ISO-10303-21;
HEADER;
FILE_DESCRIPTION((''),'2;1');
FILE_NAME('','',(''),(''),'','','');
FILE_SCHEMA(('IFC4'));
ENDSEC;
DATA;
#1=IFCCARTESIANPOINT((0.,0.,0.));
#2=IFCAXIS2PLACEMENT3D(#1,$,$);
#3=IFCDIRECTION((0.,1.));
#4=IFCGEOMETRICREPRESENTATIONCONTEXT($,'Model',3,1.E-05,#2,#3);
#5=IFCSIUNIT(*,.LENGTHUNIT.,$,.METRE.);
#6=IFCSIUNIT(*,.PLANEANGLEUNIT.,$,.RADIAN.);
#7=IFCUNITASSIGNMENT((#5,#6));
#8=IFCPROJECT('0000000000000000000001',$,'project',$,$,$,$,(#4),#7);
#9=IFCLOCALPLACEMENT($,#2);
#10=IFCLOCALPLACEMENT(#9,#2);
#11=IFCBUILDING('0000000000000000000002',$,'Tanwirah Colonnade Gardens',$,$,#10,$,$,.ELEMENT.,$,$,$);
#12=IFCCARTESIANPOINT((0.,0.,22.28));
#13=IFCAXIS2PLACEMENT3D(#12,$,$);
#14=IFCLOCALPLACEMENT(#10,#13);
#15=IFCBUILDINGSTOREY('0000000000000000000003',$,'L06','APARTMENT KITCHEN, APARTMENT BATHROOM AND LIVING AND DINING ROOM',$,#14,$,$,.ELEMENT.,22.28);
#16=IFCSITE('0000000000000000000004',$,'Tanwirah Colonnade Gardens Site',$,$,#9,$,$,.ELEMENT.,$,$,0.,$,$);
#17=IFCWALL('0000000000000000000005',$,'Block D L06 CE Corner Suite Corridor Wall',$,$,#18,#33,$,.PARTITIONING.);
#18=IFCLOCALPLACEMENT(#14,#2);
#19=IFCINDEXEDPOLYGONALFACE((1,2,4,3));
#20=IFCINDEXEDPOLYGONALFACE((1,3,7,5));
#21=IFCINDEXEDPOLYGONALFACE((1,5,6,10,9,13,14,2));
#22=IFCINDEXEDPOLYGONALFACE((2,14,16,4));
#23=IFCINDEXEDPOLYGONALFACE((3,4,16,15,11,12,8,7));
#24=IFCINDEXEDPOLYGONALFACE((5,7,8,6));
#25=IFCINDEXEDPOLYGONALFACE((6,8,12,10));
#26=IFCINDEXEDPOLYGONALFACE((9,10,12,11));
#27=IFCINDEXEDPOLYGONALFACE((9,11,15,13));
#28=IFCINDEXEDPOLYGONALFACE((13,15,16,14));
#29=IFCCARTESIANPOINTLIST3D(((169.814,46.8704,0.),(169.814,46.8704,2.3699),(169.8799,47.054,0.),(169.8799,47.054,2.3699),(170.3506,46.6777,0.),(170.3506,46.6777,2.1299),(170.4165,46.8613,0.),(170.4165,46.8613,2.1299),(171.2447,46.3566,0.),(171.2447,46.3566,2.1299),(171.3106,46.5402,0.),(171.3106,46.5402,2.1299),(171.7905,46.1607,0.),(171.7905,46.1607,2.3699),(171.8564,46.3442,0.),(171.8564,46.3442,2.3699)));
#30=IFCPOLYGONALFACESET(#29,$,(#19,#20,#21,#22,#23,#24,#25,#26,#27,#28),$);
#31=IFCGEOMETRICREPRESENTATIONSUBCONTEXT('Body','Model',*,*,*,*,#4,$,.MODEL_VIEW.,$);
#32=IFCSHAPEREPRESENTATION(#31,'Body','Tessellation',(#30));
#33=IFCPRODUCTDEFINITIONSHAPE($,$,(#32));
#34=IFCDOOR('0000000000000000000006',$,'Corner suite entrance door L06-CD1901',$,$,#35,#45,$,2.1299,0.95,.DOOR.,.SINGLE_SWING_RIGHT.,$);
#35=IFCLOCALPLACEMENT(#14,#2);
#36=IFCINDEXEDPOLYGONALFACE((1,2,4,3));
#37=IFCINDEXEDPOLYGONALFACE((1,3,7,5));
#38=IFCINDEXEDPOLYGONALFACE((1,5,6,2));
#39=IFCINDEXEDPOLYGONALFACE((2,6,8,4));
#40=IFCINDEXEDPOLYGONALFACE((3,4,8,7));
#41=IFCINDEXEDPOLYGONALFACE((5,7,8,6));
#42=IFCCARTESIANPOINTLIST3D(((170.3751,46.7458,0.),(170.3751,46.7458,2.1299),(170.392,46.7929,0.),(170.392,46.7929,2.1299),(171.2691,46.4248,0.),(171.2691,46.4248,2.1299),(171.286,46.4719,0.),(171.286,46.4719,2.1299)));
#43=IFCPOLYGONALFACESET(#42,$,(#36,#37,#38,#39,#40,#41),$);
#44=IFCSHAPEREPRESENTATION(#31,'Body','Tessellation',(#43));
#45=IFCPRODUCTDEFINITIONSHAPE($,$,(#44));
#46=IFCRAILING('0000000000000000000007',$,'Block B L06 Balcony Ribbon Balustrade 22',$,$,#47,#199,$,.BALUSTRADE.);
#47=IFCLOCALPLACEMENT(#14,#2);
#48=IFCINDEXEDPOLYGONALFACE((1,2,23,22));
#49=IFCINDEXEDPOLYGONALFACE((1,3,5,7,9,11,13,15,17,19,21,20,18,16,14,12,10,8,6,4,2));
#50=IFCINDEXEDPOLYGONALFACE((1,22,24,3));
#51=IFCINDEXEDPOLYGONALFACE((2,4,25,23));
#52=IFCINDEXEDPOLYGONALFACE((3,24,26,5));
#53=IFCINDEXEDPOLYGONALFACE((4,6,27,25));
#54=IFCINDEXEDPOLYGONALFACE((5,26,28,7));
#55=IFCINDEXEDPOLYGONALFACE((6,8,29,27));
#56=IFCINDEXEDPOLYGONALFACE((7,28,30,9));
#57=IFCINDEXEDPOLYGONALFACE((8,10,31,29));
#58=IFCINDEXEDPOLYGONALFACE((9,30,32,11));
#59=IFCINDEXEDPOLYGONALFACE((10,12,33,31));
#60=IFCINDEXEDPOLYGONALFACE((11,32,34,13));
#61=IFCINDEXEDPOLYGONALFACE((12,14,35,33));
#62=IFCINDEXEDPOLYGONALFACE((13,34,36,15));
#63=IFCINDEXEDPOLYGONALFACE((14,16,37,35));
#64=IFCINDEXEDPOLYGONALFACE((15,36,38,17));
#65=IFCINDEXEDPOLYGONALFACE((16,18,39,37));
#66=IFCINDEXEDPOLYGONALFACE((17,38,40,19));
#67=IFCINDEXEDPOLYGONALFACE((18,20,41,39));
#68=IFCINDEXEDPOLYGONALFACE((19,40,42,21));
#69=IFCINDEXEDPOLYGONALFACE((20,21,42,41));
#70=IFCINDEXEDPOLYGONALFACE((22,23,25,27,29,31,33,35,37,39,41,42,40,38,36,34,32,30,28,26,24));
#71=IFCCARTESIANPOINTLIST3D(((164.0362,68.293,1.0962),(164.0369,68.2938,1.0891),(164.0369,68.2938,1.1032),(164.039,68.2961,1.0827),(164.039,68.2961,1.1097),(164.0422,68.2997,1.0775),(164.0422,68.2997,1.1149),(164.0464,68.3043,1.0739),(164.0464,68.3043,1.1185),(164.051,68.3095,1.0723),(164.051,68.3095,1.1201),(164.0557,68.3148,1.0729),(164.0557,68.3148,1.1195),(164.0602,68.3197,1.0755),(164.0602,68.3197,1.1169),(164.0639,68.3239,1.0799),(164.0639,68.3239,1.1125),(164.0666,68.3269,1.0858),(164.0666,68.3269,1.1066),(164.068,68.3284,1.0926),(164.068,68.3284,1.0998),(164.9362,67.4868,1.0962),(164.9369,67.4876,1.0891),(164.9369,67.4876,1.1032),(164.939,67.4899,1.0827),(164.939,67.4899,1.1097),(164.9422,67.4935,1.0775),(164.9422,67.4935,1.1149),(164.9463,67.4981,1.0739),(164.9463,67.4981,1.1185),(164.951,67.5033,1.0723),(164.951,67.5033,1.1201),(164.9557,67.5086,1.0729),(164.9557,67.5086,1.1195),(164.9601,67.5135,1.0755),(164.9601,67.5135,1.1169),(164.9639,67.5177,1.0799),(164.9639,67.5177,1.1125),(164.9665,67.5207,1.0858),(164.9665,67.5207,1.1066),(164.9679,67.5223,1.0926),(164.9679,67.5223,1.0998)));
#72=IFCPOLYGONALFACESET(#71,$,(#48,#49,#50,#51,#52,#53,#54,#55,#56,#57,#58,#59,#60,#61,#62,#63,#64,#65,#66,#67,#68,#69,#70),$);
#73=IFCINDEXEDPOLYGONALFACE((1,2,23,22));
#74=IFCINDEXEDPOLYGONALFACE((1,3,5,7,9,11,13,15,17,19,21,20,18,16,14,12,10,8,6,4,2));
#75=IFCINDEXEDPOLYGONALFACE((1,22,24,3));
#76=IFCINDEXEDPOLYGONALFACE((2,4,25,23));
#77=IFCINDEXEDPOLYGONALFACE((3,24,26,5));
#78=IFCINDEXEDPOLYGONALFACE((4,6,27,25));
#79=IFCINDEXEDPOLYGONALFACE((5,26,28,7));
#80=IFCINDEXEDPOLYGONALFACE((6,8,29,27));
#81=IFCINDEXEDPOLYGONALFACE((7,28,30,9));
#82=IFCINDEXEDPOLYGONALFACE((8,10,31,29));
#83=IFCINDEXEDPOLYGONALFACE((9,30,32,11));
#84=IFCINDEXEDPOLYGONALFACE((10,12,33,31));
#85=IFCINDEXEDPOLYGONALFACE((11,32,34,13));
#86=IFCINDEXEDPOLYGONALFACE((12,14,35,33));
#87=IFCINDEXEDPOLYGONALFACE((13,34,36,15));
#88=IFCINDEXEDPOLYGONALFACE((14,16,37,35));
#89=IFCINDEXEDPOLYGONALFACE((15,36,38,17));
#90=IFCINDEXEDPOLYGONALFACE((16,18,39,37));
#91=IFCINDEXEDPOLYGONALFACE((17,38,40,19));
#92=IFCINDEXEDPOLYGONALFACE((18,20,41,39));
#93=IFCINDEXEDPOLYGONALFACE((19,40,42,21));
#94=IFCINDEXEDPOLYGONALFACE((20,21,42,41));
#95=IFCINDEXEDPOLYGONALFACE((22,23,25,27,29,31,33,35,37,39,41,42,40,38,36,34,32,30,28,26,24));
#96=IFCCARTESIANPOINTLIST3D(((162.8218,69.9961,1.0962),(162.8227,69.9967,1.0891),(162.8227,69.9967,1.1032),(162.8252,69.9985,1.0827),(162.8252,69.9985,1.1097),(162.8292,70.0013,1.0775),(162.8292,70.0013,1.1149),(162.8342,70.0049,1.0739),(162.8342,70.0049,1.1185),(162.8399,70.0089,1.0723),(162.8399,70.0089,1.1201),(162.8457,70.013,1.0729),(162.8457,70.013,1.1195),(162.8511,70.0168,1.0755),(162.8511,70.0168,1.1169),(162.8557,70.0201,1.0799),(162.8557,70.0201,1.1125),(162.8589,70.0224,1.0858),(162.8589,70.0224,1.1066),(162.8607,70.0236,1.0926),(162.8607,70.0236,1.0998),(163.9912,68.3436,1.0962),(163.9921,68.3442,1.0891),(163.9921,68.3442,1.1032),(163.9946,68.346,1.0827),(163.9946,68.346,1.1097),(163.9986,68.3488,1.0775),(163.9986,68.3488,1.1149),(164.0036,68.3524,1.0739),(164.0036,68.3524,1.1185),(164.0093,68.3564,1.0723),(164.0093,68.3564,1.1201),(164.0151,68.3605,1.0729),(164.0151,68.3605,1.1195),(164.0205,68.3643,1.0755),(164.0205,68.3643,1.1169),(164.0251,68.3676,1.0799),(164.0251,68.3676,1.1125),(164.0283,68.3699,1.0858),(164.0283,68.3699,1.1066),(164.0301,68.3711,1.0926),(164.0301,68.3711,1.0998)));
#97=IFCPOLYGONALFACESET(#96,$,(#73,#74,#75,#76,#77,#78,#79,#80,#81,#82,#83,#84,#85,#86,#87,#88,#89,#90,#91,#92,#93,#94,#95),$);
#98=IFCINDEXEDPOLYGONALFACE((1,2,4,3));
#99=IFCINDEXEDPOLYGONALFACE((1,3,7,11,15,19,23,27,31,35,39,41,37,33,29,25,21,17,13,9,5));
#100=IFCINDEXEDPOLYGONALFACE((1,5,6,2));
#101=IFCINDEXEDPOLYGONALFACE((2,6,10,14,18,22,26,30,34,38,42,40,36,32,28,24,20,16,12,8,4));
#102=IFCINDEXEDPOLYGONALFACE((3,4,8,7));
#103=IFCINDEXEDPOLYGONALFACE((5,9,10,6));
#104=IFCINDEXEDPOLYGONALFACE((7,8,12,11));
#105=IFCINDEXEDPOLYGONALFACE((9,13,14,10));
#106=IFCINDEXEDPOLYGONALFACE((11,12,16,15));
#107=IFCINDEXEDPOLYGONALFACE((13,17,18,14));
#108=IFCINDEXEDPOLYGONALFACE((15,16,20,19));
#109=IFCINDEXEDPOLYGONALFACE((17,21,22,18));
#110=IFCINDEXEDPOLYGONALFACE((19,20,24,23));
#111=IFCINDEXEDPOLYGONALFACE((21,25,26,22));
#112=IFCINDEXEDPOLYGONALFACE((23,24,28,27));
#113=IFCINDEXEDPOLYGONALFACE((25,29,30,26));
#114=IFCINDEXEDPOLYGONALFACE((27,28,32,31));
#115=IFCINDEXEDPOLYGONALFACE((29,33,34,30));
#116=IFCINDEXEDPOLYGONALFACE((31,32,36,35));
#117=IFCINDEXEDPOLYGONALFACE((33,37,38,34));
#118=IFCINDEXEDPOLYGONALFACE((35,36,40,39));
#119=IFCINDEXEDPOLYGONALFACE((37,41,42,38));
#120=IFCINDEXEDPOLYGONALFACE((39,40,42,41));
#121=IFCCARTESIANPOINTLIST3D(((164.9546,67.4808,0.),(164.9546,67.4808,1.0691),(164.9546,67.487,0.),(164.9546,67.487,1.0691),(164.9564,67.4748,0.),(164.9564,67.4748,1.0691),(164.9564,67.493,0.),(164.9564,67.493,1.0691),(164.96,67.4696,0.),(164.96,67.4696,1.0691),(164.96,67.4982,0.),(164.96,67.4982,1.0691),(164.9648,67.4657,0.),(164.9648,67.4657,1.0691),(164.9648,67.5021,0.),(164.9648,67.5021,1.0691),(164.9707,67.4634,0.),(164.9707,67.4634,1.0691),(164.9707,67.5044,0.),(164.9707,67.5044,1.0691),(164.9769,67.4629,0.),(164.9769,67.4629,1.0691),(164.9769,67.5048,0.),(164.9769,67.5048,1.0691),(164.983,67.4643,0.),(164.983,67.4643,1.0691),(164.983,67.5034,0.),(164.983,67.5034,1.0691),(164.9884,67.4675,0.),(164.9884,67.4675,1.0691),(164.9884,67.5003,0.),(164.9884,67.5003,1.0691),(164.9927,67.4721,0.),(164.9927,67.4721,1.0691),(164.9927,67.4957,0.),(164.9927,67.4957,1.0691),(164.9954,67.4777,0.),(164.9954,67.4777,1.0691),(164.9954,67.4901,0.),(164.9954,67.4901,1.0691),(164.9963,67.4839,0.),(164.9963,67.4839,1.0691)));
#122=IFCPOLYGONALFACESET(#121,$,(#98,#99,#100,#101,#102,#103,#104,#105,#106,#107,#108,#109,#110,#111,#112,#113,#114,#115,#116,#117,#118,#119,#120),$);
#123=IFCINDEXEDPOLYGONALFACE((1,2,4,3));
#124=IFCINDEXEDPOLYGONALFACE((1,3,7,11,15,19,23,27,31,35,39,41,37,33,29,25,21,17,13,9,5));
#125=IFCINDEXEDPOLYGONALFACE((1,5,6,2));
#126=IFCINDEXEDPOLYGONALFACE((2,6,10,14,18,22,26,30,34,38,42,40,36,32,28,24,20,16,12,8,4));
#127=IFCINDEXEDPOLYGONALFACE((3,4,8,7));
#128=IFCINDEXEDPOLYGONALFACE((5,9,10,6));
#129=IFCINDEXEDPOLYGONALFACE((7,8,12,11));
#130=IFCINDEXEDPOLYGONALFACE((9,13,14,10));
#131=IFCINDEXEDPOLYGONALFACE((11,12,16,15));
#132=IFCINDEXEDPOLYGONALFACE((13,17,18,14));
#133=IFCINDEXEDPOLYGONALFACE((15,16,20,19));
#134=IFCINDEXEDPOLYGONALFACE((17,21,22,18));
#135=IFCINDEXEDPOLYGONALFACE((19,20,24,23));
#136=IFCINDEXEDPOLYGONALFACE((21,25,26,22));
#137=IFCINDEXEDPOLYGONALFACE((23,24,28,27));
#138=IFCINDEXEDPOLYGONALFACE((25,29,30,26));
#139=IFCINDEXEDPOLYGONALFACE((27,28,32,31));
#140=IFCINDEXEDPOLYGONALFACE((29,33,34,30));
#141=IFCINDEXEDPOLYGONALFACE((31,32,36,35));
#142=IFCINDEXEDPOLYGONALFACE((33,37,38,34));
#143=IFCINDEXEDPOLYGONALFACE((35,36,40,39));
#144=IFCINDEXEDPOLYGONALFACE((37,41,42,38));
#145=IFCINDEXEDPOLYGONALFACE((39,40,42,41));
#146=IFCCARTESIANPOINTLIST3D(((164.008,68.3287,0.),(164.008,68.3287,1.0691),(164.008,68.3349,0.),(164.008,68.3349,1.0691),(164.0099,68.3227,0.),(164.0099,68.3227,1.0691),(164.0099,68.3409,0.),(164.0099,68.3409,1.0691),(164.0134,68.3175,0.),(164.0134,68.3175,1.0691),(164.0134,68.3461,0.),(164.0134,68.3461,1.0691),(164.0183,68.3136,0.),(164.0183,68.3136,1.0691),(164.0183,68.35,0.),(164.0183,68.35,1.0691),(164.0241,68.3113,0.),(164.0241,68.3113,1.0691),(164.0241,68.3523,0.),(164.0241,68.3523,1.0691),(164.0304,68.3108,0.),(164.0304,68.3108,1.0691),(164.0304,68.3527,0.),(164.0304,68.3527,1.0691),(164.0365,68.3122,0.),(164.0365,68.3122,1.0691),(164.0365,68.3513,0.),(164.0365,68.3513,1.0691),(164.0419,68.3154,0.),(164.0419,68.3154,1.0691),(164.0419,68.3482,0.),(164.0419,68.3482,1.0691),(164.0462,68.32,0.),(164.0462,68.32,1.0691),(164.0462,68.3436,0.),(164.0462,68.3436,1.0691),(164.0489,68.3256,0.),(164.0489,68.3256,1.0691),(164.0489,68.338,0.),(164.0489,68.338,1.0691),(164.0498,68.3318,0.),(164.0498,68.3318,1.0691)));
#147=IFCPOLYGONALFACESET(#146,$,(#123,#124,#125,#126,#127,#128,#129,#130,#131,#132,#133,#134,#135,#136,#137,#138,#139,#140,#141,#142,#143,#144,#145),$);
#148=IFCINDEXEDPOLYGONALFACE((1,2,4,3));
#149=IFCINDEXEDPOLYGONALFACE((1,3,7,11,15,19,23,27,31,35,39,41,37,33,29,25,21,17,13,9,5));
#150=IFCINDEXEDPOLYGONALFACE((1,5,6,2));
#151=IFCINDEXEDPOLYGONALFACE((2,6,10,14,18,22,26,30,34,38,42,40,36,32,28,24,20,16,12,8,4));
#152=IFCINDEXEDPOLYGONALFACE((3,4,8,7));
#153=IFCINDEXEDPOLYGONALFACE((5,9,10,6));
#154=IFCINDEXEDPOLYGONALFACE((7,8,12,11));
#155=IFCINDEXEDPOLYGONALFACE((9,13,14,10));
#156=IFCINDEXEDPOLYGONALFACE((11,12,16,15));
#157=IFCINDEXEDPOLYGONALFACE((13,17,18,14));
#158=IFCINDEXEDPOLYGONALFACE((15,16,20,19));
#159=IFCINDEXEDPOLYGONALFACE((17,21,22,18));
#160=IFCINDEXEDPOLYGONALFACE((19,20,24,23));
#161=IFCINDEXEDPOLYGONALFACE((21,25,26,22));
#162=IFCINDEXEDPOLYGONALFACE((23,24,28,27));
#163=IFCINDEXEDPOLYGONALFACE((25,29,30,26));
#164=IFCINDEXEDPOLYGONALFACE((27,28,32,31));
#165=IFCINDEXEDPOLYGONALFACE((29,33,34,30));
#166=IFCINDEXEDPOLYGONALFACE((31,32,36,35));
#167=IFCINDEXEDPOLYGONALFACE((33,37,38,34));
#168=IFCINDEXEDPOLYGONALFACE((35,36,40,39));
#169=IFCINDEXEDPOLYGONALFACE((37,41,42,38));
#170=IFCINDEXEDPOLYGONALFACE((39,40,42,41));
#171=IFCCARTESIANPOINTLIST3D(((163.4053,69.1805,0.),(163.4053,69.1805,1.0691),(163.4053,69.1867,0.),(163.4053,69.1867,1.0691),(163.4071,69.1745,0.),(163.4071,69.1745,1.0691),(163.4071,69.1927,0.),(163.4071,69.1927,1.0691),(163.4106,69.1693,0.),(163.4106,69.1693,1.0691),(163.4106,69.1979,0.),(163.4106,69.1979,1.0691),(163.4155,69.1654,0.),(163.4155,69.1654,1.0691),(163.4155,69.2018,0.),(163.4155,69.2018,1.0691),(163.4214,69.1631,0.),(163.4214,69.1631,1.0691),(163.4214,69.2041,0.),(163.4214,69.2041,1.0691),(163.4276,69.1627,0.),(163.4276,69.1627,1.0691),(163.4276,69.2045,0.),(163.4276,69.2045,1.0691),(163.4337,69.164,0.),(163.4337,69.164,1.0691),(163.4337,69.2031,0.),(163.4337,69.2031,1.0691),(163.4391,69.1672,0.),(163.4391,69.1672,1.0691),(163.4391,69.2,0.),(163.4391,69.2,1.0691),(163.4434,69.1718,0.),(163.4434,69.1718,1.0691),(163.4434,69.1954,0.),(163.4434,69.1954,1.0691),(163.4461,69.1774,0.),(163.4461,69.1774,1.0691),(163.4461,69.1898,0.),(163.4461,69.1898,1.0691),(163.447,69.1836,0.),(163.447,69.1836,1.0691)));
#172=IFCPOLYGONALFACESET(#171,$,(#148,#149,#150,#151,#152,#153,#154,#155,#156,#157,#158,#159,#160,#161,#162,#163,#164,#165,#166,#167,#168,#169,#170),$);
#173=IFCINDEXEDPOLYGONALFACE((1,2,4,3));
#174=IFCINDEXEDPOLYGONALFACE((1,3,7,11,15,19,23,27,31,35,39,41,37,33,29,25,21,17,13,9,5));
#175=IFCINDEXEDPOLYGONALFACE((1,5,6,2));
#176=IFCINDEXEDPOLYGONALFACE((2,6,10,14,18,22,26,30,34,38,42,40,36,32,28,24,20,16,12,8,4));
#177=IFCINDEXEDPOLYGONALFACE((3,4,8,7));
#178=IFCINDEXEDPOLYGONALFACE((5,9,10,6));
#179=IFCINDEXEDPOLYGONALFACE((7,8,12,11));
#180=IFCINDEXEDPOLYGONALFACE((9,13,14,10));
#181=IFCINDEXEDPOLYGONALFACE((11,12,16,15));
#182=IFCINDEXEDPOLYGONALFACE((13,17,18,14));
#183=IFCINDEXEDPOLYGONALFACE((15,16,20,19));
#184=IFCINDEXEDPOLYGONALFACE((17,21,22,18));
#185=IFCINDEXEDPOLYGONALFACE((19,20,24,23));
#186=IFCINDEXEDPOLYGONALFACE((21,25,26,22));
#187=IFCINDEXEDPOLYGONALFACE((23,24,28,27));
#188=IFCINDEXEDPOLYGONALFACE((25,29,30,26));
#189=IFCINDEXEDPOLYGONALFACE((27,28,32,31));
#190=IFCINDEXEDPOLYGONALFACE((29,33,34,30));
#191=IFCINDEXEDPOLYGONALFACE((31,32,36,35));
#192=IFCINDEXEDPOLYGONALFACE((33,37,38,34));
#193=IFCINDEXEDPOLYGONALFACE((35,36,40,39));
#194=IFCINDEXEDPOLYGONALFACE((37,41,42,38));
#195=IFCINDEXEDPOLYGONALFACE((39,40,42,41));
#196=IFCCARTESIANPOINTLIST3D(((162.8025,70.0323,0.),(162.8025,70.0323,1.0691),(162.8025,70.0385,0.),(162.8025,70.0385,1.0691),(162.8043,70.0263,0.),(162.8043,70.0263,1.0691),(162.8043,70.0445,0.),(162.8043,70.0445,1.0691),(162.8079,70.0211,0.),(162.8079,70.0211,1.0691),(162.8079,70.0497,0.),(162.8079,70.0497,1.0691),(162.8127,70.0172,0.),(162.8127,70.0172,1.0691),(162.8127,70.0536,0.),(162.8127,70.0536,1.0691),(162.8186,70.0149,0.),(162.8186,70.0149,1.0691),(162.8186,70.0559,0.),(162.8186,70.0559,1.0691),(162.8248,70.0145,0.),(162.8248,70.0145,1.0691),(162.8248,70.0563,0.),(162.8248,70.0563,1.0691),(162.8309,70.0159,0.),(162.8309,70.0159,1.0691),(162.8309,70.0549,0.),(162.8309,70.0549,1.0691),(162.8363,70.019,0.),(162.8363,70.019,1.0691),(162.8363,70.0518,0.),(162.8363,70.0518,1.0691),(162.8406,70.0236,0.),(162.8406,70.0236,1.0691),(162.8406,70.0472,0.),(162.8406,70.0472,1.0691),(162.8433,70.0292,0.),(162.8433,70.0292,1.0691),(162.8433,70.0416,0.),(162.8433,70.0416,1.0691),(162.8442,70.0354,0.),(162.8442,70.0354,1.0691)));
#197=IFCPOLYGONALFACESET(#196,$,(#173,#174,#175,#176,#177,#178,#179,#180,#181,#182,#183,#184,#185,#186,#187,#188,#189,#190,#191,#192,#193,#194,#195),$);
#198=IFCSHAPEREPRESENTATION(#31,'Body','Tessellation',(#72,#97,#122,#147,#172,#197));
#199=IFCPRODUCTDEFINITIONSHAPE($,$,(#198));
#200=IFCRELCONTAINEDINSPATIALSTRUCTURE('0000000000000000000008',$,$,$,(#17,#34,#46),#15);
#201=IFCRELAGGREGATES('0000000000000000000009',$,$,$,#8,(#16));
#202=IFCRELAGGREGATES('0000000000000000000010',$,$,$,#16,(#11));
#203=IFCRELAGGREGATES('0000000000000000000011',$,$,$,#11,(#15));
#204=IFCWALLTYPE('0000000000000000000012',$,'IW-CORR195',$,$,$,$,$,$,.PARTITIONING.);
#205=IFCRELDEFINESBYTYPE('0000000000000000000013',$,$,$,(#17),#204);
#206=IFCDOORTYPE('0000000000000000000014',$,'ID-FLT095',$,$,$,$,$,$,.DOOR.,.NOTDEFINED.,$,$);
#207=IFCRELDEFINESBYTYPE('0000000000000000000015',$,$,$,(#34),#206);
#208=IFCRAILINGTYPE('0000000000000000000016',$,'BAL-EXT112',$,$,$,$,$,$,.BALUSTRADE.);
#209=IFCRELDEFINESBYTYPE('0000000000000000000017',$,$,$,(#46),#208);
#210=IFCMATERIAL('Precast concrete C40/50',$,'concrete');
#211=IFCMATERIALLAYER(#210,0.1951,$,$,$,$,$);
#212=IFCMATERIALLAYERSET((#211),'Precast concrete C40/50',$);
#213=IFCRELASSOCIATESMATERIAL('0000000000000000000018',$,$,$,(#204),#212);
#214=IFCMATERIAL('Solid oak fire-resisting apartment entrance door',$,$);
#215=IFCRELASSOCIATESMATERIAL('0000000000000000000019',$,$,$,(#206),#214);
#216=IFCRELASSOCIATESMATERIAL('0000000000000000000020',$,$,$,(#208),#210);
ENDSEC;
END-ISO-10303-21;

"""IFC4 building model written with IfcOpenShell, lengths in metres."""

from ifc_helpers import new_model, si_unit, direction, frame, frame_2d, origin, origin_2d, place, context, subcontext, project, spatial, rectangle, circle, extrude, material, layer, layer_set, type_object, element, fill, save


model = new_model("IFC4")

# Units and contexts
model_context = context("Model", 3, precision=1e-05, world=origin(), true_north=direction((0.0, 1.0)))
body_context = subcontext(model_context, "Body", "Model", "MODEL_VIEW")
ifc_project = project(units=[si_unit("LENGTHUNIT", "METRE"), si_unit("PLANEANGLEUNIT", "RADIAN")], contexts=[model_context])

# Site, building, storey
site_placement = place(None, origin())
site = spatial("IfcSite", under=ifc_project, at=site_placement, Name="Tanwirah Colonnade Gardens Site", CompositionType="ELEMENT", RefElevation=0.0)
building_placement = place(site_placement, origin())
building = spatial("IfcBuilding", under=site, at=building_placement, Name="Tanwirah Colonnade Gardens", CompositionType="ELEMENT")
storey_placement = place(building_placement, frame((0.0, 0.0, 22.28)))
storey = spatial("IfcBuildingStorey", under=building, at=storey_placement, Name="L06", Description="APARTMENT KITCHEN, APARTMENT BATHROOM AND LIVING AND DINING ROOM", CompositionType="ELEMENT", Elevation=22.28)

# Shared definitions
ifc_material_1 = material(Name="Precast concrete C40/50", Category="concrete")

# Wall, opening, door
ifc_layer_1 = layer(ifc_material_1, 0.1951)
ifc_layer_set_1 = layer_set([ifc_layer_1], Name="Precast concrete C40/50")
wall_type_1 = type_object("IfcWallType", Name="IW-CORR195", PredefinedType="PARTITIONING", material=ifc_layer_set_1)
wall_1_placement = place(storey_placement, frame((169.8469, 46.9622, 0.0), z_axis=(0.0, 0.0, 1.0), x_axis=(0.941167, -0.337941, 0.0)))
wall_1 = element("IfcWall", 1, at=wall_1_placement, inside=storey, type_object=wall_type_1, Name="Block D L06 CE Corner Suite Corridor Wall", PredefinedType="PARTITIONING", context=body_context, shape_type="SweptSolid", body=[
    extrude(rectangle(XDim=2.1001, YDim=0.1951, at=frame_2d((1.05, 0.0))), origin(), (0.0, 0.0, 1.0), 2.3699),
])
opening_1_placement = place(wall_1_placement, frame((0.5701, 0.0, 0.0)))
opening_1 = element("IfcOpeningElement", 2, at=opening_1_placement, cuts=wall_1, PredefinedType="OPENING", context=body_context, shape_type="SweptSolid", body=[
    extrude(rectangle(XDim=0.95, YDim=2.1299, at=frame_2d((0.4751, 1.0649))), frame((0.0, 0.1074, 0.0), z_axis=(0.0, -1.0, 0.0), x_axis=(1.0, 0.0, 0.0)), (0.0, 0.0, 1.0), 0.2151),
])
ifc_material_2 = material(Name="Solid oak fire-resisting apartment entrance door")
door_type = type_object("IfcDoorType", Name="ID-FLT095", OperationType="NOTDEFINED", PredefinedType="DOOR", material=ifc_material_2)
door_placement = place(opening_1_placement, origin())
door = element("IfcDoor", 3, at=door_placement, inside=storey, type_object=door_type, Name="Corner suite entrance door L06-CD1901", OperationType="SINGLE_SWING_RIGHT", OverallHeight=2.1299, OverallWidth=0.95, PredefinedType="DOOR", context=body_context, shape_type="SweptSolid", body=[
    extrude(rectangle(XDim=0.95, YDim=2.1299, at=frame_2d((0.4751, 1.0649))), frame((0.0, 0.0249, 0.0), z_axis=(0.0, -1.0, 0.0), x_axis=(1.0, 0.0, 0.0)), (0.0, 0.0, 1.0), 0.05),
])
fill(opening_1, door)

# Railing
railing_type_1 = type_object("IfcRailingType", Name="BAL-EXT112", PredefinedType="BALUSTRADE", material=ifc_material_1)
railing_1_placement = place(storey_placement, frame((164.9753, 67.4839, 0.0)))
element("IfcRailing", 4, at=railing_1_placement, inside=storey, type_object=railing_type_1, Name="Block B L06 Balcony Ribbon Balustrade 22", PredefinedType="BALUSTRADE", context=body_context, shape_type="SweptSolid", body=[
    extrude(circle(Radius=0.0239, at=origin_2d()), frame((-0.0232, 0.0208, 1.0962), z_axis=(-0.744849, 0.667233, 0.0), x_axis=(-0.667233, -0.744849, 0.0)), (0.0, 0.0, 1.0), 1.2083),
    extrude(circle(Radius=0.0239, at=origin_2d()), frame((-0.9646, 0.8735, 1.0962), z_axis=(-0.577647, 0.816286, 0.0), x_axis=(-0.816286, -0.577647, 0.0)), (0.0, 0.0, 1.0), 2.0244),
    extrude(circle(Radius=0.021, at=origin_2d()), origin(), (0.0, 0.0, 1.0), 1.0691),
    extrude(circle(Radius=0.021, at=origin_2d()), frame((-0.9465, 0.8479, 0.0)), (0.0, 0.0, 1.0), 1.0691),
    extrude(circle(Radius=0.021, at=origin_2d()), frame((-1.5493, 1.6997, 0.0)), (0.0, 0.0, 1.0), 1.0691),
    extrude(circle(Radius=0.021, at=origin_2d()), frame((-2.1521, 2.5515, 0.0)), (0.0, 0.0, 1.0), 1.0691),
])

save(model, "model.ifc")
